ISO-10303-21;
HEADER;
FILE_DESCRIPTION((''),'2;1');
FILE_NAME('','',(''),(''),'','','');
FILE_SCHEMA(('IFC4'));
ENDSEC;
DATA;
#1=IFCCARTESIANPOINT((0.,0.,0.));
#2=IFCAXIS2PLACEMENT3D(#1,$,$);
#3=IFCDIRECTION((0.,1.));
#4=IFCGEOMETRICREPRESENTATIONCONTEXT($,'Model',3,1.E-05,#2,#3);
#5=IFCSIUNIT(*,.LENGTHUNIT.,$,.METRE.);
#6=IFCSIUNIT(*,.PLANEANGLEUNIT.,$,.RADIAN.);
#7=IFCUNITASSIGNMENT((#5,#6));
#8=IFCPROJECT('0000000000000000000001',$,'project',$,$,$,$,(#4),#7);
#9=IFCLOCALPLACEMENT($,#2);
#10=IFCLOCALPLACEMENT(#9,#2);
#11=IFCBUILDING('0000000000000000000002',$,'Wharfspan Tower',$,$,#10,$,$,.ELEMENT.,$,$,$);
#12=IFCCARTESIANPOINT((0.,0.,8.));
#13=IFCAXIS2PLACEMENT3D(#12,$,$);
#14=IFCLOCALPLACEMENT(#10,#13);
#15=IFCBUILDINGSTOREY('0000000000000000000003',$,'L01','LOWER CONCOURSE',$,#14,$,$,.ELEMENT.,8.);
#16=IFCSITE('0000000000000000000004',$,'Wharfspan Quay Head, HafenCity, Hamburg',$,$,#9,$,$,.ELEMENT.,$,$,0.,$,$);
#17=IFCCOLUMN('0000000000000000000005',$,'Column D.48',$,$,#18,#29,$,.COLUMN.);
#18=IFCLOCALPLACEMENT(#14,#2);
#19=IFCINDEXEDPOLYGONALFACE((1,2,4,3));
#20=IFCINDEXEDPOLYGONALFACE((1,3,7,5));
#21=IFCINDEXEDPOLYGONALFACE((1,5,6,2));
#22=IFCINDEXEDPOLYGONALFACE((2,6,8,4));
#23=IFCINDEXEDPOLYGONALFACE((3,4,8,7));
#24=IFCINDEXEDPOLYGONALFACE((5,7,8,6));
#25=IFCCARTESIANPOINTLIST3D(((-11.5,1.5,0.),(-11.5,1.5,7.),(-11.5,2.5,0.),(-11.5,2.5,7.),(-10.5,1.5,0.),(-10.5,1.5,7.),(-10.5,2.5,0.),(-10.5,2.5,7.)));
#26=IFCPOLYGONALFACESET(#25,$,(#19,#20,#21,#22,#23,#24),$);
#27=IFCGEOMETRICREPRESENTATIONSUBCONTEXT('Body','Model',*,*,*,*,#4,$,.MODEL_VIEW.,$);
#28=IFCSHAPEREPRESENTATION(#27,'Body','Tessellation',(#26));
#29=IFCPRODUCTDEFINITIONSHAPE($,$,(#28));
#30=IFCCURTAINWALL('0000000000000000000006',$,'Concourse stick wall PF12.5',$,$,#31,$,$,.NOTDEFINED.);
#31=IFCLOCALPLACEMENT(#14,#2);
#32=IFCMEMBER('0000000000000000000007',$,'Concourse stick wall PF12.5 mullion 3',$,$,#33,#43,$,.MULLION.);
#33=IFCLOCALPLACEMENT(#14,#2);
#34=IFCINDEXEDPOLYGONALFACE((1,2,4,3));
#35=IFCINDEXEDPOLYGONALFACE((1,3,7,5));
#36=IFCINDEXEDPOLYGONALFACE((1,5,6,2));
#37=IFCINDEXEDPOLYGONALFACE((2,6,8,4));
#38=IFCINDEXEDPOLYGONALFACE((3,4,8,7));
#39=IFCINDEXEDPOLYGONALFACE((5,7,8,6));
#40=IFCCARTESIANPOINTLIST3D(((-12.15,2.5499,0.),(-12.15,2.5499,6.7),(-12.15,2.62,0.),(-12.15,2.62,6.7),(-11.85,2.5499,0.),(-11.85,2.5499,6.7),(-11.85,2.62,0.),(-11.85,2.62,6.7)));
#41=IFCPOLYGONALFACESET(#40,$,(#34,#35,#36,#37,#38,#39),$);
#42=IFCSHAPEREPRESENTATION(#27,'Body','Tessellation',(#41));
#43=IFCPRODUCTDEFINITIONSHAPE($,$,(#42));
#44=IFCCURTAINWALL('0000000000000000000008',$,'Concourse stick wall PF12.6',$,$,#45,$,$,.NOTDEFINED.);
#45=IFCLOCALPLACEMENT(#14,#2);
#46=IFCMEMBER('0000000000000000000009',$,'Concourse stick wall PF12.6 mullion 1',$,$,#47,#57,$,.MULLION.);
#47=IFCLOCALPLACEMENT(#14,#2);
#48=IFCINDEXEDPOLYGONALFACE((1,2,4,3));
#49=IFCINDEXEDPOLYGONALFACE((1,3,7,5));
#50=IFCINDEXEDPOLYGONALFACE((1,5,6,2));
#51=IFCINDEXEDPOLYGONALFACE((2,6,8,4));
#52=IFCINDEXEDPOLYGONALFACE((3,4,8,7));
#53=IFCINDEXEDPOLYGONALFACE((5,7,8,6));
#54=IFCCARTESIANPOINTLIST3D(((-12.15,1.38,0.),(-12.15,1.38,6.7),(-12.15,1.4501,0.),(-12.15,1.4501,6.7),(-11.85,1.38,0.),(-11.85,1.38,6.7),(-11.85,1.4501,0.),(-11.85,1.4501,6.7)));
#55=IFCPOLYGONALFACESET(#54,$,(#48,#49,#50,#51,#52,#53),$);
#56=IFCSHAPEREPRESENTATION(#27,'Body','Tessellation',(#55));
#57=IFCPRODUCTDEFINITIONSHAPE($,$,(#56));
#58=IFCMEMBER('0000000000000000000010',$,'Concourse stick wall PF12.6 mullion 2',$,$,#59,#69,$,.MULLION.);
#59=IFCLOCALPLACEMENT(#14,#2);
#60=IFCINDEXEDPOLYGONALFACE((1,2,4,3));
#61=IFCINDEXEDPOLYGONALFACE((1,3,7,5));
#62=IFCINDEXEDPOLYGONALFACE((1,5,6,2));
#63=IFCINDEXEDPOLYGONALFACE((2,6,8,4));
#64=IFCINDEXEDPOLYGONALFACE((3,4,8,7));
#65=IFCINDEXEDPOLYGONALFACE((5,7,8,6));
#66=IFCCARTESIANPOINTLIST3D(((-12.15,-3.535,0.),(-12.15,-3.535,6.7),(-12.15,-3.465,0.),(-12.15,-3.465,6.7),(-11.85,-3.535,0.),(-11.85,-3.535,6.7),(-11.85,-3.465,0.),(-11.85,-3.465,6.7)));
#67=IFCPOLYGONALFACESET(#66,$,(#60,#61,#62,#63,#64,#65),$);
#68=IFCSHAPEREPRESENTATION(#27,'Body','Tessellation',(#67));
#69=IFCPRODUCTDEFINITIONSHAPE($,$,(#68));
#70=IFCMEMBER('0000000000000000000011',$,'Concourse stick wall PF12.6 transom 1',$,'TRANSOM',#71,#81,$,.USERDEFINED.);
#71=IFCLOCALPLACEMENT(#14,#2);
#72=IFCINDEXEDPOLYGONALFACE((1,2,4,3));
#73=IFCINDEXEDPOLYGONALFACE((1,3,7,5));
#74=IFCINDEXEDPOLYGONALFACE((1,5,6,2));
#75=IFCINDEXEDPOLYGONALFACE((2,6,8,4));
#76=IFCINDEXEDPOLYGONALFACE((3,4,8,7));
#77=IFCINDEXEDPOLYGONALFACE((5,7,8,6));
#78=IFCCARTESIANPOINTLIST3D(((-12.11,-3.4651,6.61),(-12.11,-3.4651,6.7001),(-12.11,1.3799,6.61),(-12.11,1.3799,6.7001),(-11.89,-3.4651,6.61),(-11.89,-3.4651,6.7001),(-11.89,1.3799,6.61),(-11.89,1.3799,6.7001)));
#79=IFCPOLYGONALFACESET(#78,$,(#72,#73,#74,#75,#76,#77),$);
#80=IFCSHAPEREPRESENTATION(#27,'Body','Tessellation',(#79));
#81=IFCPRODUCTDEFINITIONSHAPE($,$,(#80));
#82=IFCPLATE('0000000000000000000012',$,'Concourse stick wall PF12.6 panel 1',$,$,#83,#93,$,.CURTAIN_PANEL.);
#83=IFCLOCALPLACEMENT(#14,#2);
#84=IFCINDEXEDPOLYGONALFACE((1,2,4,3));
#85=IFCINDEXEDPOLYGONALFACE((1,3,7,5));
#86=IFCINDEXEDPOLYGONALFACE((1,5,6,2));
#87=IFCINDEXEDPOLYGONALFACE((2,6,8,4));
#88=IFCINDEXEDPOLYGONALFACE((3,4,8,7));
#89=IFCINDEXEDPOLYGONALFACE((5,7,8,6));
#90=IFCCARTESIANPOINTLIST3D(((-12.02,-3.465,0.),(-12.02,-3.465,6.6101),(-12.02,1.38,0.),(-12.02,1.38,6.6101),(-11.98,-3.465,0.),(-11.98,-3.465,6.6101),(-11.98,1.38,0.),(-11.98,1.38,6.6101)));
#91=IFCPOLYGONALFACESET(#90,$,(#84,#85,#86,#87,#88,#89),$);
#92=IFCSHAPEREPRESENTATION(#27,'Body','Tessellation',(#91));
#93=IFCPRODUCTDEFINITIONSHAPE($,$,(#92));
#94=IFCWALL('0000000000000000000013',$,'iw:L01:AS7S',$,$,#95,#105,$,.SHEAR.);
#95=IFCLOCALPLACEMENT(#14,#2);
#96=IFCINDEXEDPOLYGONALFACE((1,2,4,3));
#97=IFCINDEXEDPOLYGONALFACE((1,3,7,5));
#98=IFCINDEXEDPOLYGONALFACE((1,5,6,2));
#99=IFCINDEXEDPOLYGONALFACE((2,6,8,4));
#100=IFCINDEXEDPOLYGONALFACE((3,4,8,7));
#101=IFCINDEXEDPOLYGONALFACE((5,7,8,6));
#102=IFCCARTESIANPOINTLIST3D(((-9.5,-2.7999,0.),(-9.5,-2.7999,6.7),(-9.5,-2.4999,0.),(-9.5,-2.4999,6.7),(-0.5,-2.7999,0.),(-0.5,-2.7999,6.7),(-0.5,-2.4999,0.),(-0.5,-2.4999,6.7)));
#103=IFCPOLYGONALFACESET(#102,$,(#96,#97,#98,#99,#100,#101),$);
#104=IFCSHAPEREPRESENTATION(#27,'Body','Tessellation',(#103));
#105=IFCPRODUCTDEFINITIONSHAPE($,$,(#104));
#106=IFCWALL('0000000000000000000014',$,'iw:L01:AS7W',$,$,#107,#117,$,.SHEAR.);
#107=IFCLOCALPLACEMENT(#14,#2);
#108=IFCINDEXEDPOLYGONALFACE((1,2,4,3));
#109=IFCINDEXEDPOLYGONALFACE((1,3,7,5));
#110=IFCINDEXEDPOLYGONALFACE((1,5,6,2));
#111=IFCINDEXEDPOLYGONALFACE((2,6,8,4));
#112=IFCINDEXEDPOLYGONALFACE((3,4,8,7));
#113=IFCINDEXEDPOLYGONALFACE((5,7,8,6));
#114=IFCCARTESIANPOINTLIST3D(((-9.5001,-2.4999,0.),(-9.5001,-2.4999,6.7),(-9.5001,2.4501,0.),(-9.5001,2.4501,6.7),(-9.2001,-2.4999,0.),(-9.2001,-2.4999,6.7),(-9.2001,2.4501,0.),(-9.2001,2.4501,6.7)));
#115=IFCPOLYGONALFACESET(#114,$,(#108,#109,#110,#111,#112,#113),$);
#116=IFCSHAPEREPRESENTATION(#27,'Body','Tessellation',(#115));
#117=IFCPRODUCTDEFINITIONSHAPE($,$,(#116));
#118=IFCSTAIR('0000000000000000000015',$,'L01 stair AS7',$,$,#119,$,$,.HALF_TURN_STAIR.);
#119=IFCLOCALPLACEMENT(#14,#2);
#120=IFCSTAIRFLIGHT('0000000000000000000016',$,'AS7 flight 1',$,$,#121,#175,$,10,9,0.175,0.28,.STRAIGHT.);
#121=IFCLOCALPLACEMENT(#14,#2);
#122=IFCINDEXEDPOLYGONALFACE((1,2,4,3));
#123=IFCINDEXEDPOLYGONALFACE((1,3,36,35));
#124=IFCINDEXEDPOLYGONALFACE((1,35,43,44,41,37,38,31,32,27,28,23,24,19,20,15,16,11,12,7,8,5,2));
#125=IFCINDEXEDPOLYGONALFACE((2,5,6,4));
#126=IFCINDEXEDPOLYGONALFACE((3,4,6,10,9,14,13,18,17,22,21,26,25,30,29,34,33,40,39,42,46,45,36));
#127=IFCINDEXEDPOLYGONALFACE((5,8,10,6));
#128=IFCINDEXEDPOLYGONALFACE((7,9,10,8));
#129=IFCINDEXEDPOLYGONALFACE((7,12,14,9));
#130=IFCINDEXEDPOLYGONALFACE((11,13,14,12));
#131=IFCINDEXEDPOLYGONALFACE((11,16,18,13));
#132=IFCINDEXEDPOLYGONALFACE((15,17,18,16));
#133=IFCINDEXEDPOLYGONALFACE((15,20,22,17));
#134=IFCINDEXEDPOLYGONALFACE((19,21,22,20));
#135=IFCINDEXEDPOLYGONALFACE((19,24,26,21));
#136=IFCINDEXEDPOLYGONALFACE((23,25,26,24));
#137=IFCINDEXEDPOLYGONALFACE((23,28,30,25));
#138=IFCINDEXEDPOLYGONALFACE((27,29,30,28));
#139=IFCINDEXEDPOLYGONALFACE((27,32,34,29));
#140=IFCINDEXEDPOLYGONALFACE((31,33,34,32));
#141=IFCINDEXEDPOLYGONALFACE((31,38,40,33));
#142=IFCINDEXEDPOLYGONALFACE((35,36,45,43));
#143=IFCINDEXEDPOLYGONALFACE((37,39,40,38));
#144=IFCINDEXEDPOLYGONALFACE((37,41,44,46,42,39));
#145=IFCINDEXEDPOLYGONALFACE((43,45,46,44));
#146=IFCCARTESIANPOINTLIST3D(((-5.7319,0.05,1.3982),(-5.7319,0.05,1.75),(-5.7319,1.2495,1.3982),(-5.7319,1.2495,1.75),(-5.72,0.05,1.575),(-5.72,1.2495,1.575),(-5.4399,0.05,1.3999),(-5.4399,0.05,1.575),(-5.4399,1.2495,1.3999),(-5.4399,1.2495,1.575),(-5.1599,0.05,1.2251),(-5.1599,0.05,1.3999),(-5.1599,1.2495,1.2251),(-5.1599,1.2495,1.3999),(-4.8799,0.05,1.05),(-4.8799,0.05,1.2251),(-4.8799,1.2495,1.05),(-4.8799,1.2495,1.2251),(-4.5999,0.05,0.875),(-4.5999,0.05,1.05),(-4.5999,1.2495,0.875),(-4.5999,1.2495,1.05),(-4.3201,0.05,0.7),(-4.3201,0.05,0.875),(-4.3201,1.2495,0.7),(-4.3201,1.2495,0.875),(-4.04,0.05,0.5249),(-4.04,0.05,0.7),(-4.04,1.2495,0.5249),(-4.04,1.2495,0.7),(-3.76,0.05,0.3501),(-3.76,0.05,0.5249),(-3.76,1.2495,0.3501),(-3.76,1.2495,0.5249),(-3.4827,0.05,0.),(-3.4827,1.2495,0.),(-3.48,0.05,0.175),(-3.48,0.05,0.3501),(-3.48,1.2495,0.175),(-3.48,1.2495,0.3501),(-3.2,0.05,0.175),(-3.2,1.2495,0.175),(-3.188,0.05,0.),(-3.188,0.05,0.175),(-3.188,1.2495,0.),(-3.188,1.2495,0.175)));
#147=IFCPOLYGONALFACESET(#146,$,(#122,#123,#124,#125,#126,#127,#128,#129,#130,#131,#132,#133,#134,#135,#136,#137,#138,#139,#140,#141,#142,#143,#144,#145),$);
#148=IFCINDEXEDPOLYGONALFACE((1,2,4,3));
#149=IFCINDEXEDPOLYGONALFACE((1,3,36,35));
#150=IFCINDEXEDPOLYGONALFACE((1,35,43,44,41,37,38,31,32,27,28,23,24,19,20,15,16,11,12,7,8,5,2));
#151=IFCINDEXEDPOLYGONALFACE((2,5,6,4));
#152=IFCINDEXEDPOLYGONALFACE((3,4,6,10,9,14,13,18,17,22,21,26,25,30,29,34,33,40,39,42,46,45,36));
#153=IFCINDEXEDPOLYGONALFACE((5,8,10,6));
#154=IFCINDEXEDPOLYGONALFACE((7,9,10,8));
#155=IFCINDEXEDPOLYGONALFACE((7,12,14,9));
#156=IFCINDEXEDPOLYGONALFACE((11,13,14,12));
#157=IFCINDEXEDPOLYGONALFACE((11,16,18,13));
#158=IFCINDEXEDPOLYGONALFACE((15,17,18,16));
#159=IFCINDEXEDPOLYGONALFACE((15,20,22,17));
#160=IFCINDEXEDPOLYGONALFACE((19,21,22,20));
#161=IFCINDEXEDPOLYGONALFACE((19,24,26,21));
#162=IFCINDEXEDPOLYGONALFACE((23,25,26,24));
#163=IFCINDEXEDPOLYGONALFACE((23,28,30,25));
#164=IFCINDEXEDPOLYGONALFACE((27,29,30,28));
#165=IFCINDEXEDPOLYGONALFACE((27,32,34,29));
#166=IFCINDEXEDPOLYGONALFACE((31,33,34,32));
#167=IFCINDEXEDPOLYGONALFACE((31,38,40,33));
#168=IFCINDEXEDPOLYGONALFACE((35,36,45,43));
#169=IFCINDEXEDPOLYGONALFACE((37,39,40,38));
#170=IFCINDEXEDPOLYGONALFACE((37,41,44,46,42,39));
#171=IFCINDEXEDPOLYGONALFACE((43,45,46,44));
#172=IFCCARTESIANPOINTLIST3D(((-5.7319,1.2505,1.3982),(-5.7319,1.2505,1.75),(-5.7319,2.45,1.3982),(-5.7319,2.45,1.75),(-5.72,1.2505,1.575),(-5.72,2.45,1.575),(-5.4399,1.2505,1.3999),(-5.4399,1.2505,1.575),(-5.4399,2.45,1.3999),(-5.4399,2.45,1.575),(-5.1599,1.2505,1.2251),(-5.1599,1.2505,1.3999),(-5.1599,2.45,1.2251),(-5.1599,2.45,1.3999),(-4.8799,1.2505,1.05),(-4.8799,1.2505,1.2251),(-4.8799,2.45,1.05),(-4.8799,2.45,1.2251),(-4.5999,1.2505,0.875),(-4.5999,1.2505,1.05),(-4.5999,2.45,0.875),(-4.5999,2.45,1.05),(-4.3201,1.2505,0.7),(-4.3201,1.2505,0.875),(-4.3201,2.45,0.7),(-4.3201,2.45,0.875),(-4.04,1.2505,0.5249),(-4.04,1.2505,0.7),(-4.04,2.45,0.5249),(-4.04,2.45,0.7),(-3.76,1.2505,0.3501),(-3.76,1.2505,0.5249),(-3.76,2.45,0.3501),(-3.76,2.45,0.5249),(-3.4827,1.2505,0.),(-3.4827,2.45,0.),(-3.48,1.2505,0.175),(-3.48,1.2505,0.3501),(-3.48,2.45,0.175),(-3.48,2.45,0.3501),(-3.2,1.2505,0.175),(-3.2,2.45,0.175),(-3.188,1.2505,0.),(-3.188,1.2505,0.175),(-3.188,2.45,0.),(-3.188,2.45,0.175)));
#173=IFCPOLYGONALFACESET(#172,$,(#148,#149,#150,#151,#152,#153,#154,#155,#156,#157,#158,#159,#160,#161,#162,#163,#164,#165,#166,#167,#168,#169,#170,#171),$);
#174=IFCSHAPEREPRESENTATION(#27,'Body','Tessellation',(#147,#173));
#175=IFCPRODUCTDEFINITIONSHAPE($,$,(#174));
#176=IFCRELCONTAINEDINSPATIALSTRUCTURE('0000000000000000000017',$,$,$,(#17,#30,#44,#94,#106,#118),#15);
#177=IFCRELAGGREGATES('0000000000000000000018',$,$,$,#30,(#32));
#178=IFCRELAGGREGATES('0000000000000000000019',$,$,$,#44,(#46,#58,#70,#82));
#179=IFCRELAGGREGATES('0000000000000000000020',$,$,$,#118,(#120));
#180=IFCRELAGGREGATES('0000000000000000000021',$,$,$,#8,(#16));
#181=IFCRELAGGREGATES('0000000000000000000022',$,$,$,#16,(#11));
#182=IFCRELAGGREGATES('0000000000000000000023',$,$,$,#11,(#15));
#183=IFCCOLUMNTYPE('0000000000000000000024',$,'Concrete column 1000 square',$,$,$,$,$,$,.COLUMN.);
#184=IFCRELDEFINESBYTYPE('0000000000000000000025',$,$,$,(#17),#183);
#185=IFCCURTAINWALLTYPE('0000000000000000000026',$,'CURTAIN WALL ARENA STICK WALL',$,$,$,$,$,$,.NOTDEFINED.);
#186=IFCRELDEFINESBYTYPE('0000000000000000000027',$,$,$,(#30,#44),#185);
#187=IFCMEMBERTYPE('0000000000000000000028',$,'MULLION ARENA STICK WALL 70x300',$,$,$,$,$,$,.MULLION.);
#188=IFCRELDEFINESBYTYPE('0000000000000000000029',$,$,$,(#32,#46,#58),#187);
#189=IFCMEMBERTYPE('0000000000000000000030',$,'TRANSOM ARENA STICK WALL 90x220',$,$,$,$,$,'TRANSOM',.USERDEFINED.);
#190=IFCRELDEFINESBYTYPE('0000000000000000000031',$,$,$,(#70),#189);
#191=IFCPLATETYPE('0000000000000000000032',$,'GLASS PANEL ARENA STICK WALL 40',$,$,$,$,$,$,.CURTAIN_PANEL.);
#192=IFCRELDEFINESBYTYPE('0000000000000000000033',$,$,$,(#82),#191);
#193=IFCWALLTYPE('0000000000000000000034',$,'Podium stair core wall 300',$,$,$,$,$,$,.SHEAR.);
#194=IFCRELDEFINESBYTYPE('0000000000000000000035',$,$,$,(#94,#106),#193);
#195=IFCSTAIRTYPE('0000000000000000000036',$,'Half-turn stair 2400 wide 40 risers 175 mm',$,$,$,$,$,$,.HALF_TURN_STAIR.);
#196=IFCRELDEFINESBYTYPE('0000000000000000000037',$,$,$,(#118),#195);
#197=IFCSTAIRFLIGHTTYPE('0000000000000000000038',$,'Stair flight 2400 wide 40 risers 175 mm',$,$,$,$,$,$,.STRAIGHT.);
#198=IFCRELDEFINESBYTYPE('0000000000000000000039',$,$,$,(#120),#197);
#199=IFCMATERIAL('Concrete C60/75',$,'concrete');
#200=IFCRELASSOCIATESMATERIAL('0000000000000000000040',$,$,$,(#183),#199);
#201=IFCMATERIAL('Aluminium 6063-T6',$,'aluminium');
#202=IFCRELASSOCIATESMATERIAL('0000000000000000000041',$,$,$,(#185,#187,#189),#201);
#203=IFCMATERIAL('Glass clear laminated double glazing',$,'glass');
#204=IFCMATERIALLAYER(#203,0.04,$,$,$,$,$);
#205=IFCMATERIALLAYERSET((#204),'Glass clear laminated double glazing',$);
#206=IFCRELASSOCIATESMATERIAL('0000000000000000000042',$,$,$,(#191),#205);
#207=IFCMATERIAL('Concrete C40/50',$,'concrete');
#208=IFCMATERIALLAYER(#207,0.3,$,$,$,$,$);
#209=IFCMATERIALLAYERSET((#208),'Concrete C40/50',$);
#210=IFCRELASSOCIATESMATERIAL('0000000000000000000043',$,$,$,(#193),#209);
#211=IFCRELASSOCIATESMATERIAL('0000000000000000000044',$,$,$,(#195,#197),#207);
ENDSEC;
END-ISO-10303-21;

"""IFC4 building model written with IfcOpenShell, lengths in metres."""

from ifc_helpers import new_model, si_unit, direction, frame, frame_2d, origin, origin_2d, place, context, subcontext, project, spatial, polyline, rectangle, outline, extrude, material, layer, layer_set, material_profile, profile_set, type_object, element, aggregate, save


model = new_model("IFC4")

# Units and contexts
model_context = context("Model", 3, precision=1e-05, world=origin(), true_north=direction((0.0, 1.0)))
body_context = subcontext(model_context, "Body", "Model", "MODEL_VIEW")
ifc_project = project(units=[si_unit("LENGTHUNIT", "METRE"), si_unit("PLANEANGLEUNIT", "RADIAN")], contexts=[model_context])

# Site, building, storey
site_placement = place(None, origin())
site = spatial("IfcSite", under=ifc_project, at=site_placement, Name="Wharfspan Quay Head, HafenCity, Hamburg", CompositionType="ELEMENT", RefElevation=0.0)
building_placement = place(site_placement, origin())
building = spatial("IfcBuilding", under=site, at=building_placement, Name="Wharfspan Tower", CompositionType="ELEMENT")
storey_placement = place(building_placement, frame((0.0, 0.0, 8.0)))
storey = spatial("IfcBuildingStorey", under=building, at=storey_placement, Name="L01", Description="LOWER CONCOURSE", CompositionType="ELEMENT", Elevation=8.0)

# Column
ifc_material_1 = material(Name="Concrete C60/75", Category="concrete")
ifc_material_profile_1 = material_profile(ifc_material_1, rectangle(XDim=1.0, YDim=1.0, at=origin_2d()))
ifc_profile_set_1 = profile_set([ifc_material_profile_1], Name="Concrete C60/75")
column_type = type_object("IfcColumnType", Name="Concrete column 1000 square", PredefinedType="COLUMN", material=ifc_profile_set_1)
column_placement = place(storey_placement, frame((-11.0, 2.0, 0.0), z_axis=(0.0, 0.0, 1.0), x_axis=(1.0, 0.0, 0.0)))
element("IfcColumn", 1, at=column_placement, inside=storey, type_object=column_type, Name="Column D.48", PredefinedType="COLUMN", context=body_context, shape_type="SweptSolid", body=[
    extrude(rectangle(XDim=1.0, YDim=1.0, at=origin_2d()), origin(), (0.0, 0.0, 1.0), 7.0),
])

# Curtain wall, member
ifc_material_2 = material(Name="Aluminium 6063-T6", Category="aluminium")
curtain_wall_type = type_object("IfcCurtainWallType", Name="CURTAIN WALL ARENA STICK WALL", PredefinedType="NOTDEFINED", material=ifc_material_2)
curtain_wall_1_placement = place(storey_placement, origin())
curtain_wall_1 = element("IfcCurtainWall", 2, at=curtain_wall_1_placement, inside=storey, type_object=curtain_wall_type, Name="Concourse stick wall PF12.5", PredefinedType="NOTDEFINED")
ifc_material_profile_2 = material_profile(ifc_material_2, rectangle(XDim=0.3, YDim=0.0701, at=origin_2d()))
ifc_profile_set_2 = profile_set([ifc_material_profile_2], Name="Aluminium 6063-T6")
member_type_1 = type_object("IfcMemberType", Name="MULLION ARENA STICK WALL 70x300", PredefinedType="MULLION", material=ifc_profile_set_2)
member_1_placement = place(storey_placement, frame((-12.0, 2.585, 0.0), z_axis=(0.0, 0.0, 1.0), x_axis=(1.0, 0.0, 0.0)))
member_1 = element("IfcMember", 3, at=member_1_placement, type_object=member_type_1, Name="Concourse stick wall PF12.5 mullion 3", PredefinedType="MULLION", context=body_context, shape_type="SweptSolid", body=[
    extrude(rectangle(XDim=0.3, YDim=0.0701, at=origin_2d()), origin(), (0.0, 0.0, 1.0), 6.7),
])
aggregate(curtain_wall_1, [member_1])

# Curtain wall, members, plate
curtain_wall_2_placement = place(storey_placement, origin())
curtain_wall_2 = element("IfcCurtainWall", 4, at=curtain_wall_2_placement, inside=storey, type_object=curtain_wall_type, Name="Concourse stick wall PF12.6", PredefinedType="NOTDEFINED")
member_2_placement = place(storey_placement, frame((-12.0, 1.415, 0.0), z_axis=(0.0, 0.0, 1.0), x_axis=(1.0, 0.0, 0.0)))
member_2 = element("IfcMember", 5, at=member_2_placement, type_object=member_type_1, Name="Concourse stick wall PF12.6 mullion 1", PredefinedType="MULLION", context=body_context, shape_type="SweptSolid", body=[
    extrude(rectangle(XDim=0.3, YDim=0.0701, at=origin_2d()), origin(), (0.0, 0.0, 1.0), 6.7),
])
member_3_placement = place(storey_placement, frame((-12.0, -3.5, 0.0), z_axis=(0.0, 0.0, 1.0), x_axis=(1.0, 0.0, 0.0)))
member_3 = element("IfcMember", 6, at=member_3_placement, type_object=member_type_1, Name="Concourse stick wall PF12.6 mullion 2", PredefinedType="MULLION", context=body_context, shape_type="SweptSolid", body=[
    extrude(rectangle(XDim=0.3, YDim=0.0701, at=origin_2d()), origin(), (0.0, 0.0, 1.0), 6.7),
])
ifc_material_profile_3 = material_profile(ifc_material_2, rectangle(XDim=0.22, YDim=0.0901, at=origin_2d()))
ifc_profile_set_3 = profile_set([ifc_material_profile_3], Name="Aluminium 6063-T6")
member_type_2 = type_object("IfcMemberType", Name="TRANSOM ARENA STICK WALL 90x220", ElementType="TRANSOM", PredefinedType="USERDEFINED", material=ifc_profile_set_3)
member_4_placement = place(storey_placement, frame((-12.0, 1.3799, 6.655), z_axis=(0.0, -1.0, 0.0), x_axis=(1.0, 0.0, 0.0)))
member_4 = element("IfcMember", 7, at=member_4_placement, type_object=member_type_2, Name="Concourse stick wall PF12.6 transom 1", ObjectType="TRANSOM", PredefinedType="USERDEFINED", context=body_context, shape_type="SweptSolid", body=[
    extrude(rectangle(XDim=0.22, YDim=0.0901, at=origin_2d()), origin(), (0.0, 0.0, 1.0), 4.845),
])
ifc_material_3 = material(Name="Glass clear laminated double glazing", Category="glass")
ifc_layer_1 = layer(ifc_material_3, 0.04)
ifc_layer_set_1 = layer_set([ifc_layer_1], Name="Glass clear laminated double glazing")
plate_type = type_object("IfcPlateType", Name="GLASS PANEL ARENA STICK WALL 40", PredefinedType="CURTAIN_PANEL", material=ifc_layer_set_1)
plate_placement = place(storey_placement, frame((-12.0, -1.0425, 0.0), z_axis=(0.0, 0.0, 1.0), x_axis=(0.0, -1.0, 0.0)))
plate = element("IfcPlate", 8, at=plate_placement, type_object=plate_type, Name="Concourse stick wall PF12.6 panel 1", PredefinedType="CURTAIN_PANEL", context=body_context, shape_type="SweptSolid", body=[
    extrude(rectangle(XDim=4.845, YDim=0.04, at=origin_2d()), origin(), (0.0, 0.0, 1.0), 6.6101),
])
aggregate(curtain_wall_2, [member_2, member_3, member_4, plate])

# Walls
ifc_material_4 = material(Name="Concrete C40/50", Category="concrete")
ifc_layer_2 = layer(ifc_material_4, 0.3)
ifc_layer_set_2 = layer_set([ifc_layer_2], Name="Concrete C40/50")
wall_type = type_object("IfcWallType", Name="Podium stair core wall 300", PredefinedType="SHEAR", material=ifc_layer_set_2)
wall_1_placement = place(storey_placement, frame((-9.5, -2.6499, 0.0), z_axis=(0.0, 0.0, 1.0), x_axis=(1.0, 0.0, 0.0)))
element("IfcWall", 9, at=wall_1_placement, inside=storey, type_object=wall_type, Name="iw:L01:AS7S", PredefinedType="SHEAR", context=body_context, shape_type="SweptSolid", body=[
    extrude(rectangle(XDim=9.0, YDim=0.3, at=frame_2d((4.5, 0.0))), origin(), (0.0, 0.0, 1.0), 6.7),
])
wall_2_placement = place(storey_placement, frame((-9.3501, -2.5, 0.0), z_axis=(0.0, 0.0, 1.0), x_axis=(0.0, 1.0, 0.0)))
element("IfcWall", 10, at=wall_2_placement, inside=storey, type_object=wall_type, Name="iw:L01:AS7W", PredefinedType="SHEAR", context=body_context, shape_type="SweptSolid", body=[
    extrude(rectangle(XDim=4.95, YDim=0.3, at=frame_2d((2.4751, 0.0))), origin(), (0.0, 0.0, 1.0), 6.7),
])

# Stair, stair flight
stair_type = type_object("IfcStairType", Name="Half-turn stair 2400 wide 40 risers 175 mm", PredefinedType="HALF_TURN_STAIR", material=ifc_material_4)
stair_placement = place(storey_placement, origin())
stair = element("IfcStair", 11, at=stair_placement, inside=storey, type_object=stair_type, Name="L01 stair AS7", PredefinedType="HALF_TURN_STAIR")
stair_flight_type = type_object("IfcStairFlightType", Name="Stair flight 2400 wide 40 risers 175 mm", PredefinedType="STRAIGHT", material=ifc_material_4)
stair_flight_1_placement = place(storey_placement, frame((-3.2, 1.25, 0.0), z_axis=(0.0, 0.0, 1.0), x_axis=(-1.0, 0.0, 0.0)))
stair_flight_1 = element("IfcStairFlight", 12, at=stair_flight_1_placement, type_object=stair_flight_type, Name="AS7 flight 1", NumberOfRisers=10, NumberOfTreads=9, PredefinedType="STRAIGHT", RiserHeight=0.175, TreadLength=0.28, context=body_context, shape_type="SweptSolid", body=[
    extrude(outline(polyline([(-0.012, 0.0), (-0.012, 0.175), (0.0, 0.175), (0.28, 0.175), (0.28, 0.3501), (0.5601, 0.3501), (0.5601, 0.5249), (0.8401, 0.5249), (0.8401, 0.7), (1.1201, 0.7), (1.1201, 0.875), (1.3999, 0.875), (1.3999, 1.05), (1.6799, 1.05), (1.6799, 1.2251), (1.96, 1.2251), (1.96, 1.3999), (2.24, 1.3999), (2.24, 1.575), (2.52, 1.575), (2.532, 1.75), (2.532, 1.3982), (0.2827, 0.0), (-0.012, 0.0)])), frame((0.0, 1.2, 0.0), z_axis=(0.0, -1.0, 0.0), x_axis=(1.0, 0.0, 0.0)), (0.0, 0.0, 1.0), 1.1995),
    extrude(outline(polyline([(-0.012, 0.0), (-0.012, 0.175), (0.0, 0.175), (0.28, 0.175), (0.28, 0.3501), (0.5601, 0.3501), (0.5601, 0.5249), (0.8401, 0.5249), (0.8401, 0.7), (1.1201, 0.7), (1.1201, 0.875), (1.3999, 0.875), (1.3999, 1.05), (1.6799, 1.05), (1.6799, 1.2251), (1.96, 1.2251), (1.96, 1.3999), (2.24, 1.3999), (2.24, 1.575), (2.52, 1.575), (2.532, 1.75), (2.532, 1.3982), (0.2827, 0.0), (-0.012, 0.0)])), frame((0.0, -0.0005, 0.0), z_axis=(0.0, -1.0, 0.0), x_axis=(1.0, 0.0, 0.0)), (0.0, 0.0, 1.0), 1.1995),
])
aggregate(stair, [stair_flight_1])

save(model, "model.ifc")
